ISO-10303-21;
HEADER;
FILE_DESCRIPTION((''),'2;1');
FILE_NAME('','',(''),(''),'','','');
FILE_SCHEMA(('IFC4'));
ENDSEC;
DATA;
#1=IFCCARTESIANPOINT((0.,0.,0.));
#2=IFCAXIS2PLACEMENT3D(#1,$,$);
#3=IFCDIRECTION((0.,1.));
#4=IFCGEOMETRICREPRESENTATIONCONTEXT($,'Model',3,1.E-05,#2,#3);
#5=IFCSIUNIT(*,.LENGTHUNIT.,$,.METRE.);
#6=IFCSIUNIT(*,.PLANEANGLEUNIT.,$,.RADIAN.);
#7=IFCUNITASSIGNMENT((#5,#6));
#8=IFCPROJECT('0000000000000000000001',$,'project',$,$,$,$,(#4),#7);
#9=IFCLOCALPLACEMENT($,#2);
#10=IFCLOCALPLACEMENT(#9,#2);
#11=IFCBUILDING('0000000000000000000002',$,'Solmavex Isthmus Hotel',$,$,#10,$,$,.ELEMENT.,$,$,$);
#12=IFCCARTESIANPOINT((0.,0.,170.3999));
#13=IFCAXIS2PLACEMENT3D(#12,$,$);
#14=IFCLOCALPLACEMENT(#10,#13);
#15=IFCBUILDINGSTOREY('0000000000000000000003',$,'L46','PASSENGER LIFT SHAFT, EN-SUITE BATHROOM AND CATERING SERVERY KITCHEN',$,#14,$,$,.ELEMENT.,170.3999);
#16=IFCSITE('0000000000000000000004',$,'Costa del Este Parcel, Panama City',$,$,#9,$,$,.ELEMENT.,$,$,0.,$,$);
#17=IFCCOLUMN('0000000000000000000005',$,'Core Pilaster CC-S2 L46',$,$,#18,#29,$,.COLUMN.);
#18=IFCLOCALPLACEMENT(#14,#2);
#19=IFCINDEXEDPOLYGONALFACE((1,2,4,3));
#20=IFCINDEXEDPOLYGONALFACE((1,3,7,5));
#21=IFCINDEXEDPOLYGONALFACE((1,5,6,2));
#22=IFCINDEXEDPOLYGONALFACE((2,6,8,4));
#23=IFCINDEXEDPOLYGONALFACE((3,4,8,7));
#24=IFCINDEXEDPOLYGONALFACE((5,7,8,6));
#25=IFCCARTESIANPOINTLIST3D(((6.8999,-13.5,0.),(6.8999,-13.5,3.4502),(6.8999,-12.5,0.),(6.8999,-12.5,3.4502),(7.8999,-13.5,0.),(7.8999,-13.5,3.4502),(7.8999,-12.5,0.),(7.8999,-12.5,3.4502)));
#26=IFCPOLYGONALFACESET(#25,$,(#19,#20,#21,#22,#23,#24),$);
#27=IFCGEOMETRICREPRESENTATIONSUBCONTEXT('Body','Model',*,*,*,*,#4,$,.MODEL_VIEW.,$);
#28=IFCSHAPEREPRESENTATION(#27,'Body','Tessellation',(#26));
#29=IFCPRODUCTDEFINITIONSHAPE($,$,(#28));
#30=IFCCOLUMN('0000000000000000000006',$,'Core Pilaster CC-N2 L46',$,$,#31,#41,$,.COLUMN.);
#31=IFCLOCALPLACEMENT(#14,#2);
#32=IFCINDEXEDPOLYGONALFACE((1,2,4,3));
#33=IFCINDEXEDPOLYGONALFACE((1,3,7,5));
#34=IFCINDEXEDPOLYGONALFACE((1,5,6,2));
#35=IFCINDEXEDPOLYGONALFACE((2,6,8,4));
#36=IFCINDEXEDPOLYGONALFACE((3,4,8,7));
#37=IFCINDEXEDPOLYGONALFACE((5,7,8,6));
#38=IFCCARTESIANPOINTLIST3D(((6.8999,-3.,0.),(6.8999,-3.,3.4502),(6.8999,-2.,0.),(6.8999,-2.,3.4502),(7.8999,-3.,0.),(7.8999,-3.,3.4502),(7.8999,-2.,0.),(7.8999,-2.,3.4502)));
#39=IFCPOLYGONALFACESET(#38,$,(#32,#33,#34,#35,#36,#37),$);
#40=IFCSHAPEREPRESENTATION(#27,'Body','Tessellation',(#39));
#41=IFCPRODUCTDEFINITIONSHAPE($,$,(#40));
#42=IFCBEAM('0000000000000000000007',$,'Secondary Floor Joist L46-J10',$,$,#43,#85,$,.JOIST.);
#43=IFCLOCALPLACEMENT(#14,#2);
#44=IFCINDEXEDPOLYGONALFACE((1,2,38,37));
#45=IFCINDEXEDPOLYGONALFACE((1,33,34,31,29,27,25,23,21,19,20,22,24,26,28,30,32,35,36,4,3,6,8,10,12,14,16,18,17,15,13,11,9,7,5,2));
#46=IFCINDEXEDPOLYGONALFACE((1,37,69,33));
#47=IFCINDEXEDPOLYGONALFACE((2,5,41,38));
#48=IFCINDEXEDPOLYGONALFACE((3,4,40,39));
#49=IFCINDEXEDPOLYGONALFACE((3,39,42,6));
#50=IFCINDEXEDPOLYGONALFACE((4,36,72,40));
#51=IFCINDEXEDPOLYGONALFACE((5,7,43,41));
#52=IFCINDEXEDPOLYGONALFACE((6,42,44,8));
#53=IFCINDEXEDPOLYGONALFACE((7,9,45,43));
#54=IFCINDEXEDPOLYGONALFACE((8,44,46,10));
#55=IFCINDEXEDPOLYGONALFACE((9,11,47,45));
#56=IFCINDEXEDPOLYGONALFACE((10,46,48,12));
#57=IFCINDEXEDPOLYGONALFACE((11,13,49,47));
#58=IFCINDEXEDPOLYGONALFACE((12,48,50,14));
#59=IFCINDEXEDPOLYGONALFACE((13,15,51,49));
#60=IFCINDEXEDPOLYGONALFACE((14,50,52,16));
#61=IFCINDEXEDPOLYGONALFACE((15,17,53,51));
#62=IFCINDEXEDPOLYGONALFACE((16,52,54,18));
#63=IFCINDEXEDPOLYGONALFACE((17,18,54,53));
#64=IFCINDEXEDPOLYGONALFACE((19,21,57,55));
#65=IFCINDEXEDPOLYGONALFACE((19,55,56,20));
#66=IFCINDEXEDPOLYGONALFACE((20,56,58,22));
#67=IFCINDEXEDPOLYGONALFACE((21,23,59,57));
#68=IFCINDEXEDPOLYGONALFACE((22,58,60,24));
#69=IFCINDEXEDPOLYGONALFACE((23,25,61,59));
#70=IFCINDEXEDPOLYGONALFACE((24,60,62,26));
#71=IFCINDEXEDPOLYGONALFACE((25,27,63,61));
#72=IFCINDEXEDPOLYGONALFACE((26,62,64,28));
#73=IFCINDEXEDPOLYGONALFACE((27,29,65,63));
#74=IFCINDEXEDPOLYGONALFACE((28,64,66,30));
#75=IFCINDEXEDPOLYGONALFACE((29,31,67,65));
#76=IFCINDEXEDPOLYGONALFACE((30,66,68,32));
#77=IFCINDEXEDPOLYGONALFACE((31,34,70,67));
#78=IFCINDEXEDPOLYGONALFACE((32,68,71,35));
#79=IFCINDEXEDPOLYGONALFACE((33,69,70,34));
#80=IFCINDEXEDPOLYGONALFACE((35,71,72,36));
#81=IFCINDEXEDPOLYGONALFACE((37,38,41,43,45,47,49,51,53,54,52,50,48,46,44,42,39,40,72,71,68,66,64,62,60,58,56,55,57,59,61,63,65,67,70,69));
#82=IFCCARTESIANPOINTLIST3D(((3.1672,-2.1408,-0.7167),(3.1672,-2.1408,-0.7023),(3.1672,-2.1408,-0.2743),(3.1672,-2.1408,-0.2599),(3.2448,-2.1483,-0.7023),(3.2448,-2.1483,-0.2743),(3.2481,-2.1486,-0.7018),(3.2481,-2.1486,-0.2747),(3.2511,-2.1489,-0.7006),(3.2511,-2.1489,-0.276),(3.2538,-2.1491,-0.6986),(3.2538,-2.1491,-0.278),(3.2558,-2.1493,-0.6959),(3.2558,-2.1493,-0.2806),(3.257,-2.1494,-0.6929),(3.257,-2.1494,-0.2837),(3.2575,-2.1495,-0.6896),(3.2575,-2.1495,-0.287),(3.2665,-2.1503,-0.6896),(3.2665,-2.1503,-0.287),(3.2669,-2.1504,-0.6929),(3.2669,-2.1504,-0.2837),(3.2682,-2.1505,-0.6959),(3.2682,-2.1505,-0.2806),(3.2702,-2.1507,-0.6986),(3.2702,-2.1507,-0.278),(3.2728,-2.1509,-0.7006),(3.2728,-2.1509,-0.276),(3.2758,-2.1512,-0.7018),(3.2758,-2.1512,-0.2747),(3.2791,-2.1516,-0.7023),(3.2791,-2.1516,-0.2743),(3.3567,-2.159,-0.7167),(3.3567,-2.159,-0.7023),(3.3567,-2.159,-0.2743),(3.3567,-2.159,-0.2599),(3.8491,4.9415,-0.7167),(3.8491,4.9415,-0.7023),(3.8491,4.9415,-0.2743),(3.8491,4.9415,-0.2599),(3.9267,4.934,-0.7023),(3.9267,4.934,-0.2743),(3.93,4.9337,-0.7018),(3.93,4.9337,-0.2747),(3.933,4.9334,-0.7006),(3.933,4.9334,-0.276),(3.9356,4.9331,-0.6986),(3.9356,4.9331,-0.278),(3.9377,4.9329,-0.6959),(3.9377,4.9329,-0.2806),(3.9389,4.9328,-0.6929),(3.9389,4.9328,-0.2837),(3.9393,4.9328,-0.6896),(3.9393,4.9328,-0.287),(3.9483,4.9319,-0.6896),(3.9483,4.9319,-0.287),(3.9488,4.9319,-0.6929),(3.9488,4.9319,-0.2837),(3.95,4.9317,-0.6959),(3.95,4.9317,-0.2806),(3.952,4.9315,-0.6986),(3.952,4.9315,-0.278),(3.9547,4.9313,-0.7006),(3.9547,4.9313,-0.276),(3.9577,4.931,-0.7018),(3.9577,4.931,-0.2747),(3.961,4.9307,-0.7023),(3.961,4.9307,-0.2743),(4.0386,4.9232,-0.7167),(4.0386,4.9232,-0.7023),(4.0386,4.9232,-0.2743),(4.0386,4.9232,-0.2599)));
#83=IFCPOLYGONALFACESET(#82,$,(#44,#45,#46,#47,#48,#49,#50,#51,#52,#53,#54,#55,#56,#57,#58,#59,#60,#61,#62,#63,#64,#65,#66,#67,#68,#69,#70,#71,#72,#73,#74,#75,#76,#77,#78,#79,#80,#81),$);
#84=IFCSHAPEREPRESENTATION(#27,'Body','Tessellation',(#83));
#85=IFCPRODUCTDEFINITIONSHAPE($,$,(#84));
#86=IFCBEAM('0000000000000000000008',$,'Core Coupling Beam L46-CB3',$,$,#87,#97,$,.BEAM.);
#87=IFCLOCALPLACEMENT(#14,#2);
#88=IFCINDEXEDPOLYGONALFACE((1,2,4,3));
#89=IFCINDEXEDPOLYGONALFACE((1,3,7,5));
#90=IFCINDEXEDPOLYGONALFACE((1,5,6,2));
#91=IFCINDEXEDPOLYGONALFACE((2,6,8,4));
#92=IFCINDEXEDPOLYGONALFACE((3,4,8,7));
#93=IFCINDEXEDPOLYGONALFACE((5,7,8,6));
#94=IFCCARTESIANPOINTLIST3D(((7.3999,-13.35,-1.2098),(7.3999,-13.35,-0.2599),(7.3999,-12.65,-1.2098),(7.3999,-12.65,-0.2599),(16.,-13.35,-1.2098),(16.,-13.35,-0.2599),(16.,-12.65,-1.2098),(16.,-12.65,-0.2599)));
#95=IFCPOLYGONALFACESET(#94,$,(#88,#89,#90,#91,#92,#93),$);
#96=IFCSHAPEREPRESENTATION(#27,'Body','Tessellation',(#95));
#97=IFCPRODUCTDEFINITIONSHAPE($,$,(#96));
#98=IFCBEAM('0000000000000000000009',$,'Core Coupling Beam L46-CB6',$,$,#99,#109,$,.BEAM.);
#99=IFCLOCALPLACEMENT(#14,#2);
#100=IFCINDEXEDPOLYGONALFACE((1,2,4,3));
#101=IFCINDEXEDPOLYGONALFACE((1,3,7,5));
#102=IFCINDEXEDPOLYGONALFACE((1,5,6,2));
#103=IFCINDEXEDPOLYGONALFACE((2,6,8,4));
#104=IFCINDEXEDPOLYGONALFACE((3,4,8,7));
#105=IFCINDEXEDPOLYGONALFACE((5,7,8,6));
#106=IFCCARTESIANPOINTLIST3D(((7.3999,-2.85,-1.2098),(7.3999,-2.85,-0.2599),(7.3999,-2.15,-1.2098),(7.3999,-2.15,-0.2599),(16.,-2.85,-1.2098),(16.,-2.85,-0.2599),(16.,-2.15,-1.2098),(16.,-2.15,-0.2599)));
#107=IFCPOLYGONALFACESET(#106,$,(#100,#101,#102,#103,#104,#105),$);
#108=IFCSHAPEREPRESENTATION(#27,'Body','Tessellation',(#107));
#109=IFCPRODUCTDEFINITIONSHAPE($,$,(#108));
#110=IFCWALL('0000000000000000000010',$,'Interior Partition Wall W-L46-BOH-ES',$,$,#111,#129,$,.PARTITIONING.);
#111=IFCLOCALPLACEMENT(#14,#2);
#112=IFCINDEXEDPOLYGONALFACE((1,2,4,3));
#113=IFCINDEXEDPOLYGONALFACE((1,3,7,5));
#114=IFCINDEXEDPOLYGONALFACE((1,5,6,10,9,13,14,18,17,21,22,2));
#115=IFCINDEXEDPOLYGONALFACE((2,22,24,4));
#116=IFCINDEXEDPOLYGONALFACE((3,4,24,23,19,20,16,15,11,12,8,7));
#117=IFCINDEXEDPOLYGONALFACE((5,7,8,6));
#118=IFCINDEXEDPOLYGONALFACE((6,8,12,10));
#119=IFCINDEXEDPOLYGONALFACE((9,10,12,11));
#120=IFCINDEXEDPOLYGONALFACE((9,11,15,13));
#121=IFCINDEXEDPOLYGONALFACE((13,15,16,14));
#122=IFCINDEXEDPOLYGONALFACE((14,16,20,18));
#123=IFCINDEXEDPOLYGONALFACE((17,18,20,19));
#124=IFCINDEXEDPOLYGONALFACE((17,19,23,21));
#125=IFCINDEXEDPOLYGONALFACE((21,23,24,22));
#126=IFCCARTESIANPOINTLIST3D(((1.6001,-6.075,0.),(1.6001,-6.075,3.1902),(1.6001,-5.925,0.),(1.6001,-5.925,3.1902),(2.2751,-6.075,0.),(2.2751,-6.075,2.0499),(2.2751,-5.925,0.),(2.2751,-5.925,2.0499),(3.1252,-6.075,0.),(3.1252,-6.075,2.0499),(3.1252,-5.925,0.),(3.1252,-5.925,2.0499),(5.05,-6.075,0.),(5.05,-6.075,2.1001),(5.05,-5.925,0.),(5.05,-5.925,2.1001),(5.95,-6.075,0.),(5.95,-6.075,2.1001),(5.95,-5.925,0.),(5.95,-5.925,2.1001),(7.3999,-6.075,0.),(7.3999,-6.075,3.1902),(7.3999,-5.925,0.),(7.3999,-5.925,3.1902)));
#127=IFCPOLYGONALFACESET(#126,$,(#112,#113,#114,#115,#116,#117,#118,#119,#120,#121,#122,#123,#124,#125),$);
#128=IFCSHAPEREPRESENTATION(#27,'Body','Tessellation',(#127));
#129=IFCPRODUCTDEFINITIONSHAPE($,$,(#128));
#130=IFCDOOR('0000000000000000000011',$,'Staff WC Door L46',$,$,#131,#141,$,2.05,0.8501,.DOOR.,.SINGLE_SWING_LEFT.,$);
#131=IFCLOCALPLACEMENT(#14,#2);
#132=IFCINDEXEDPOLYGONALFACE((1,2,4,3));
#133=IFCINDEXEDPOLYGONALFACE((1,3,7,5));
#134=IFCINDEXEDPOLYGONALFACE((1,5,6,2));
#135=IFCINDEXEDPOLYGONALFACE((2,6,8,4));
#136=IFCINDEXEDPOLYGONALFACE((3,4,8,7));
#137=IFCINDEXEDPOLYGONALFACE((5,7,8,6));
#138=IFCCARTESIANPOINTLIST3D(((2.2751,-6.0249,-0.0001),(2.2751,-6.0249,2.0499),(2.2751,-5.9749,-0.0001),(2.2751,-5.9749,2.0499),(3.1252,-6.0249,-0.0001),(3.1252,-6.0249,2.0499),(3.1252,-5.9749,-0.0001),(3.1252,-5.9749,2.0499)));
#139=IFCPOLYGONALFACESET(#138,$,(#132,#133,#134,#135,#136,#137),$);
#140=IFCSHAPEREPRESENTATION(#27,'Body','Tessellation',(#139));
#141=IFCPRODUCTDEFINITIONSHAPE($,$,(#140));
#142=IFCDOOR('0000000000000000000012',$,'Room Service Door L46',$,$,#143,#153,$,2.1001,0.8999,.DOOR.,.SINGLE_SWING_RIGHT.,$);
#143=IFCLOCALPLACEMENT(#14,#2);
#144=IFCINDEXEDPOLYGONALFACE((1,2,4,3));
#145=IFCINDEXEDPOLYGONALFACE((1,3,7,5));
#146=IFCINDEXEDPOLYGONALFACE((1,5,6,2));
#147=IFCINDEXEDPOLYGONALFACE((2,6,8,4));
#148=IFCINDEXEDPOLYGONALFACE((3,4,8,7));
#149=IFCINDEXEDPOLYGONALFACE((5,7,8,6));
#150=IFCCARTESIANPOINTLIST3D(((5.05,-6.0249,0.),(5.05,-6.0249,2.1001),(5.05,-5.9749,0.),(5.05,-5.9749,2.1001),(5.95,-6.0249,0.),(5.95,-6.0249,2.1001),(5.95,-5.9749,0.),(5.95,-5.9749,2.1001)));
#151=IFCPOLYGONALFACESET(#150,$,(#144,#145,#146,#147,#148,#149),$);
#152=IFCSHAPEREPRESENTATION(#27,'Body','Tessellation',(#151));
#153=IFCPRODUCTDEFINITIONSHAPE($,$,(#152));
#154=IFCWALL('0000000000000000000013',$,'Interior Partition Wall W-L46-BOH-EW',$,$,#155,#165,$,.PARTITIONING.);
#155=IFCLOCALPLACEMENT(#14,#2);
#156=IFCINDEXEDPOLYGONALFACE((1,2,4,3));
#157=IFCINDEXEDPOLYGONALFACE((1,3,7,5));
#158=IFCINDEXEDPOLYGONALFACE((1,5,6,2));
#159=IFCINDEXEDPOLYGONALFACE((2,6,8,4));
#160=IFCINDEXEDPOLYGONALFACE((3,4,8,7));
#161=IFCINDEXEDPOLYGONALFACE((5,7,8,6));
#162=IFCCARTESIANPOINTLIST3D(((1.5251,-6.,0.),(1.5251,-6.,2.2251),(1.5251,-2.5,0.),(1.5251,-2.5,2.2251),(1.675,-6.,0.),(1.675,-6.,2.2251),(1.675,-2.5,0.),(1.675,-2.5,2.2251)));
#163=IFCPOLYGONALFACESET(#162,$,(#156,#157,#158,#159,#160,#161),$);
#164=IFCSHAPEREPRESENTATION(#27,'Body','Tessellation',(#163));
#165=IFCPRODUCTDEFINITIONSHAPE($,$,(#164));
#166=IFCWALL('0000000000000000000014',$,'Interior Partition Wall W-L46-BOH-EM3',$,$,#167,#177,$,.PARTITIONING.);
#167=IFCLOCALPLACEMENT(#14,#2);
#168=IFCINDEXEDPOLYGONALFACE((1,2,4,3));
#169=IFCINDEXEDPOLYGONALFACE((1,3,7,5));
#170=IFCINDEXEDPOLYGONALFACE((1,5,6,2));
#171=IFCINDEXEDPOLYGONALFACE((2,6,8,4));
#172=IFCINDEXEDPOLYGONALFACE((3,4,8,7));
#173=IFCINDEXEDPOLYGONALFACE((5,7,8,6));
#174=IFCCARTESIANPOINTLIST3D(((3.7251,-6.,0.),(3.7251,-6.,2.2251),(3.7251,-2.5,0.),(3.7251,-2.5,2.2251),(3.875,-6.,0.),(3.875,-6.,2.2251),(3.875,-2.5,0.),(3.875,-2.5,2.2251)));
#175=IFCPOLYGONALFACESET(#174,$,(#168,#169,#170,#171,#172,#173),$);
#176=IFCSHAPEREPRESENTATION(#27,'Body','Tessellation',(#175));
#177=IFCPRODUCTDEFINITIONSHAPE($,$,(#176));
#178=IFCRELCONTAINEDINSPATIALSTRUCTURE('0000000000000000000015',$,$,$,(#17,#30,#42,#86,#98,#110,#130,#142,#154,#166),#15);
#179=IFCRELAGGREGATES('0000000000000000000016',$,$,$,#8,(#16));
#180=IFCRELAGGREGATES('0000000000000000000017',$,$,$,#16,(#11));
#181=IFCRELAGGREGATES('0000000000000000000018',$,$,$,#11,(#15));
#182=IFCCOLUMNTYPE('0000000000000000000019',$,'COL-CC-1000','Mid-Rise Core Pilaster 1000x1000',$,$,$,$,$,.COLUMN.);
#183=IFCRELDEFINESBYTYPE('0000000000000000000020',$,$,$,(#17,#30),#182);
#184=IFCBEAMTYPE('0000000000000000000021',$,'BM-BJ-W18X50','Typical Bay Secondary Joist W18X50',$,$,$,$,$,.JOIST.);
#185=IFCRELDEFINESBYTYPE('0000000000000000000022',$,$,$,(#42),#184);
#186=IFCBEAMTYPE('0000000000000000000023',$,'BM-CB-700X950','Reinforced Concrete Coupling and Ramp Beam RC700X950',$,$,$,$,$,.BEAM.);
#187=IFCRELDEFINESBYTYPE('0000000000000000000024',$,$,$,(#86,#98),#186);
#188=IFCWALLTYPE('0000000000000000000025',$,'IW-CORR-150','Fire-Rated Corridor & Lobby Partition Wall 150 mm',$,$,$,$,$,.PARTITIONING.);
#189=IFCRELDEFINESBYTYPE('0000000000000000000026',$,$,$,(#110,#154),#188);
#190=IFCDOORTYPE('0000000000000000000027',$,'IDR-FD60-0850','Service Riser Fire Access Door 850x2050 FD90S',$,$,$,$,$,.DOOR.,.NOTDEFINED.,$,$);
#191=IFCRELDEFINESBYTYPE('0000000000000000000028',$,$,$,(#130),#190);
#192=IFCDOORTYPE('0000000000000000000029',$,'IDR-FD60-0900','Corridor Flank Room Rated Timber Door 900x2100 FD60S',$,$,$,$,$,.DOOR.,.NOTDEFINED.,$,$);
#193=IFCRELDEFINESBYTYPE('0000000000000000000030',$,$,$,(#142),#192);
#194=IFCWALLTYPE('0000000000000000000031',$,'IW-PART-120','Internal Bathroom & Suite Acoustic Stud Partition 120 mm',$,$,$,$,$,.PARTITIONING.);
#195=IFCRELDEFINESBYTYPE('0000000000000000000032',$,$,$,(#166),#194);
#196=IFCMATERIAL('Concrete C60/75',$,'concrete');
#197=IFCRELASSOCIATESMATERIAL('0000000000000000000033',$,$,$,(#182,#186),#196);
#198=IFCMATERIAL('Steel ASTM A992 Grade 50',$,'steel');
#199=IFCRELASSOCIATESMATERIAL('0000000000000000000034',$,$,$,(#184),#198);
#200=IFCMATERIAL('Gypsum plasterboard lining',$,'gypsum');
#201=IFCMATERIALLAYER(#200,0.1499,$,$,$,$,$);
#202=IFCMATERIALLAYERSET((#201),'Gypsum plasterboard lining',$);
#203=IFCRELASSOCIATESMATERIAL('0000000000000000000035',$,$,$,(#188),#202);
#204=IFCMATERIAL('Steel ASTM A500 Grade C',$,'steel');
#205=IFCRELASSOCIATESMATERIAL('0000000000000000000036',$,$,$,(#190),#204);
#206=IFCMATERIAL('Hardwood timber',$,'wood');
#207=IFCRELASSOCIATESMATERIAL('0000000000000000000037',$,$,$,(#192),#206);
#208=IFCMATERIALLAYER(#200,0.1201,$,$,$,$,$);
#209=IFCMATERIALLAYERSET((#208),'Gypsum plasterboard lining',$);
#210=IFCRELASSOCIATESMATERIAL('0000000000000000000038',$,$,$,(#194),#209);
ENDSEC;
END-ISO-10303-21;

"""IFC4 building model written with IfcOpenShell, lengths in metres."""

from ifc_helpers import new_model, si_unit, direction, frame, frame_2d, origin, origin_2d, place, context, subcontext, project, spatial, rectangle, i_section, extrude, material, layer, layer_set, material_profile, profile_set, type_object, element, fill, save


model = new_model("IFC4")

# Units and contexts
model_context = context("Model", 3, precision=1e-05, world=origin(), true_north=direction((0.0, 1.0)))
body_context = subcontext(model_context, "Body", "Model", "MODEL_VIEW")
ifc_project = project(units=[si_unit("LENGTHUNIT", "METRE"), si_unit("PLANEANGLEUNIT", "RADIAN")], contexts=[model_context])

# Site, building, storey
site_placement = place(None, origin())
site = spatial("IfcSite", under=ifc_project, at=site_placement, Name="Costa del Este Parcel, Panama City", CompositionType="ELEMENT", RefElevation=0.0)
building_placement = place(site_placement, origin())
building = spatial("IfcBuilding", under=site, at=building_placement, Name="Solmavex Isthmus Hotel", CompositionType="ELEMENT")
storey_placement = place(building_placement, frame((0.0, 0.0, 170.3999)))
storey = spatial("IfcBuildingStorey", under=building, at=storey_placement, Name="L46", Description="PASSENGER LIFT SHAFT, EN-SUITE BATHROOM AND CATERING SERVERY KITCHEN", CompositionType="ELEMENT", Elevation=170.3999)

# Columns
ifc_material_1 = material(Name="Concrete C60/75", Category="concrete")
ifc_material_profile_1 = material_profile(ifc_material_1, rectangle(XDim=1.0, YDim=1.0, at=origin_2d()), Name="RC1000X1000")
ifc_profile_set_1 = profile_set([ifc_material_profile_1], Name="Concrete C60/75")
column_type = type_object("IfcColumnType", Name="COL-CC-1000", Description="Mid-Rise Core Pilaster 1000x1000", PredefinedType="COLUMN", material=ifc_profile_set_1)
for number, where, z_axis, x_axis, name in (
    (1, (7.3999, -13.0, 0.0), (0.0, 0.0, 1.0), (1.0, 0.0, 0.0), "Core Pilaster CC-S2 L46"),
    (2, (7.3999, -2.5, 0.0), (0.0, 0.0, 1.0), (1.0, 0.0, 0.0), "Core Pilaster CC-N2 L46"),
):
    element("IfcColumn", number, at=place(storey_placement, frame(where, z_axis=z_axis, x_axis=x_axis)), inside=storey, type_object=column_type, Name=name, PredefinedType="COLUMN", context=body_context, shape_type="SweptSolid", body=[
        extrude(rectangle(XDim=1.0, YDim=1.0, at=origin_2d()), origin(), (0.0, 0.0, 1.0), 3.4502),
    ])

# Beams
ifc_material_2 = material(Name="Steel ASTM A992 Grade 50", Category="steel")
ifc_material_profile_2 = material_profile(ifc_material_2, i_section(OverallWidth=0.1904, OverallDepth=0.4568, WebThickness=0.009, FlangeThickness=0.0144, FilletRadius=0.0127, at=origin_2d()), Name="W18X50")
ifc_profile_set_2 = profile_set([ifc_material_profile_2], Name="Steel ASTM A992 Grade 50")
beam_type_1 = type_object("IfcBeamType", Name="BM-BJ-W18X50", Description="Typical Bay Secondary Joist W18X50", PredefinedType="JOIST", material=ifc_profile_set_2)
beam_placement = place(storey_placement, frame((3.262, -2.1499, -0.4883), z_axis=(0.095837, 0.995397, 0.0), x_axis=(-0.995397, 0.095837, 0.0)))
element("IfcBeam", 3, at=beam_placement, inside=storey, type_object=beam_type_1, Name="Secondary Floor Joist L46-J10", PredefinedType="JOIST", context=body_context, shape_type="SweptSolid", body=[
    extrude(i_section(OverallWidth=0.1904, OverallDepth=0.4568, WebThickness=0.009, FlangeThickness=0.0144, FilletRadius=0.0127, at=origin_2d()), origin(), (0.0, 0.0, 1.0), 7.115),
])
ifc_material_profile_3 = material_profile(ifc_material_1, rectangle(XDim=0.7, YDim=0.95, at=origin_2d()), Name="RC700X950")
ifc_profile_set_3 = profile_set([ifc_material_profile_3], Name="Concrete C60/75")
beam_type_2 = type_object("IfcBeamType", Name="BM-CB-700X950", Description="Reinforced Concrete Coupling and Ramp Beam RC700X950", PredefinedType="BEAM", material=ifc_profile_set_3)
for number, where, z_axis, x_axis, name in (
    (4, (7.3999, -13.0, -0.7349), (1.0, 0.0, 0.0), (0.0, 1.0, 0.0), "Core Coupling Beam L46-CB3"),
    (5, (7.3999, -2.5, -0.7349), (1.0, 0.0, 0.0), (0.0, 1.0, 0.0), "Core Coupling Beam L46-CB6"),
):
    element("IfcBeam", number, at=place(storey_placement, frame(where, z_axis=z_axis, x_axis=x_axis)), inside=storey, type_object=beam_type_2, Name=name, PredefinedType="BEAM", context=body_context, shape_type="SweptSolid", body=[
        extrude(rectangle(XDim=0.7, YDim=0.95, at=origin_2d()), origin(), (0.0, 0.0, 1.0), 8.6001),
    ])

# Wall, openings, doors
ifc_material_3 = material(Name="Gypsum plasterboard lining", Category="gypsum")
ifc_layer_1 = layer(ifc_material_3, 0.1499)
ifc_layer_set_1 = layer_set([ifc_layer_1], Name="Gypsum plasterboard lining")
wall_type_1 = type_object("IfcWallType", Name="IW-CORR-150", Description="Fire-Rated Corridor & Lobby Partition Wall 150 mm", PredefinedType="PARTITIONING", material=ifc_layer_set_1)
wall_1_placement = place(storey_placement, frame((1.6001, -6.0, 0.0), z_axis=(0.0, 0.0, 1.0), x_axis=(1.0, 0.0, 0.0)))
wall_1 = element("IfcWall", 6, at=wall_1_placement, inside=storey, type_object=wall_type_1, Name="Interior Partition Wall W-L46-BOH-ES", PredefinedType="PARTITIONING", context=body_context, shape_type="SweptSolid", body=[
    extrude(rectangle(XDim=5.7998, YDim=0.1499, at=frame_2d((2.8999, 0.0))), origin(), (0.0, 0.0, 1.0), 3.1902),
])
opening_1_placement = place(wall_1_placement, frame((0.675, 0.0, 0.0)))
opening_1 = element("IfcOpeningElement", 7, at=opening_1_placement, cuts=wall_1, PredefinedType="OPENING", context=body_context, shape_type="SweptSolid", body=[
    extrude(rectangle(XDim=0.8501, YDim=2.05, at=frame_2d((0.425, 1.0249))), frame((0.0, 0.085, 0.0), z_axis=(0.0, -1.0, 0.0), x_axis=(1.0, 0.0, 0.0)), (0.0, 0.0, 1.0), 0.1699),
])
opening_2_placement = place(wall_1_placement, frame((3.45, 0.0, 0.0)))
opening_2 = element("IfcOpeningElement", 8, at=opening_2_placement, cuts=wall_1, PredefinedType="OPENING", context=body_context, shape_type="SweptSolid", body=[
    extrude(rectangle(XDim=0.8999, YDim=2.1001, at=frame_2d((0.45, 1.05))), frame((0.0, 0.085, 0.0), z_axis=(0.0, -1.0, 0.0), x_axis=(1.0, 0.0, 0.0)), (0.0, 0.0, 1.0), 0.1699),
])
ifc_material_4 = material(Name="Steel ASTM A500 Grade C", Category="steel")
door_type_1 = type_object("IfcDoorType", Name="IDR-FD60-0850", Description="Service Riser Fire Access Door 850x2050 FD90S", OperationType="NOTDEFINED", PredefinedType="DOOR", material=ifc_material_4)
door_1_placement = place(opening_1_placement, frame((0.8501, 0.0, 0.0), z_axis=(0.0, 0.0, 1.0), x_axis=(-1.0, 0.0, 0.0)))
door_1 = element("IfcDoor", 9, at=door_1_placement, inside=storey, type_object=door_type_1, Name="Staff WC Door L46", OperationType="SINGLE_SWING_LEFT", OverallHeight=2.05, OverallWidth=0.8501, PredefinedType="DOOR", context=body_context, shape_type="SweptSolid", body=[
    extrude(rectangle(XDim=0.8501, YDim=2.05, at=frame_2d((0.425, 1.0249))), frame((0.0, 0.0249, 0.0), z_axis=(0.0, -1.0, 0.0), x_axis=(1.0, 0.0, 0.0)), (0.0, 0.0, 1.0), 0.05),
])
fill(opening_1, door_1)
ifc_material_5 = material(Name="Hardwood timber", Category="wood")
door_type_2 = type_object("IfcDoorType", Name="IDR-FD60-0900", Description="Corridor Flank Room Rated Timber Door 900x2100 FD60S", OperationType="NOTDEFINED", PredefinedType="DOOR", material=ifc_material_5)
door_2_placement = place(opening_2_placement, frame((0.8999, 0.0, 0.0), z_axis=(0.0, 0.0, 1.0), x_axis=(-1.0, 0.0, 0.0)))
door_2 = element("IfcDoor", 10, at=door_2_placement, inside=storey, type_object=door_type_2, Name="Room Service Door L46", OperationType="SINGLE_SWING_RIGHT", OverallHeight=2.1001, OverallWidth=0.8999, PredefinedType="DOOR", context=body_context, shape_type="SweptSolid", body=[
    extrude(rectangle(XDim=0.8999, YDim=2.1001, at=frame_2d((0.45, 1.05))), frame((0.0, 0.0249, 0.0), z_axis=(0.0, -1.0, 0.0), x_axis=(1.0, 0.0, 0.0)), (0.0, 0.0, 1.0), 0.05),
])
fill(opening_2, door_2)

# Walls
wall_2_placement = place(storey_placement, frame((1.6001, -6.0, 0.0), z_axis=(0.0, 0.0, 1.0), x_axis=(0.0, 1.0, 0.0)))
element("IfcWall", 11, at=wall_2_placement, inside=storey, type_object=wall_type_1, Name="Interior Partition Wall W-L46-BOH-EW", PredefinedType="PARTITIONING", context=body_context, shape_type="SweptSolid", body=[
    extrude(rectangle(XDim=3.5, YDim=0.1499, at=frame_2d((1.75, 0.0))), origin(), (0.0, 0.0, 1.0), 2.2251),
])
ifc_layer_2 = layer(ifc_material_3, 0.1201)
ifc_layer_set_2 = layer_set([ifc_layer_2], Name="Gypsum plasterboard lining")
wall_type_2 = type_object("IfcWallType", Name="IW-PART-120", Description="Internal Bathroom & Suite Acoustic Stud Partition 120 mm", PredefinedType="PARTITIONING", material=ifc_layer_set_2)
wall_3_placement = place(storey_placement, frame((3.8, -6.0, 0.0), z_axis=(0.0, 0.0, 1.0), x_axis=(0.0, 1.0, 0.0)))
element("IfcWall", 12, at=wall_3_placement, inside=storey, type_object=wall_type_2, Name="Interior Partition Wall W-L46-BOH-EM3", PredefinedType="PARTITIONING", context=body_context, shape_type="SweptSolid", body=[
    extrude(rectangle(XDim=3.5, YDim=0.1499, at=frame_2d((1.75, 0.0))), origin(), (0.0, 0.0, 1.0), 2.2251),
])

save(model, "model.ifc")
